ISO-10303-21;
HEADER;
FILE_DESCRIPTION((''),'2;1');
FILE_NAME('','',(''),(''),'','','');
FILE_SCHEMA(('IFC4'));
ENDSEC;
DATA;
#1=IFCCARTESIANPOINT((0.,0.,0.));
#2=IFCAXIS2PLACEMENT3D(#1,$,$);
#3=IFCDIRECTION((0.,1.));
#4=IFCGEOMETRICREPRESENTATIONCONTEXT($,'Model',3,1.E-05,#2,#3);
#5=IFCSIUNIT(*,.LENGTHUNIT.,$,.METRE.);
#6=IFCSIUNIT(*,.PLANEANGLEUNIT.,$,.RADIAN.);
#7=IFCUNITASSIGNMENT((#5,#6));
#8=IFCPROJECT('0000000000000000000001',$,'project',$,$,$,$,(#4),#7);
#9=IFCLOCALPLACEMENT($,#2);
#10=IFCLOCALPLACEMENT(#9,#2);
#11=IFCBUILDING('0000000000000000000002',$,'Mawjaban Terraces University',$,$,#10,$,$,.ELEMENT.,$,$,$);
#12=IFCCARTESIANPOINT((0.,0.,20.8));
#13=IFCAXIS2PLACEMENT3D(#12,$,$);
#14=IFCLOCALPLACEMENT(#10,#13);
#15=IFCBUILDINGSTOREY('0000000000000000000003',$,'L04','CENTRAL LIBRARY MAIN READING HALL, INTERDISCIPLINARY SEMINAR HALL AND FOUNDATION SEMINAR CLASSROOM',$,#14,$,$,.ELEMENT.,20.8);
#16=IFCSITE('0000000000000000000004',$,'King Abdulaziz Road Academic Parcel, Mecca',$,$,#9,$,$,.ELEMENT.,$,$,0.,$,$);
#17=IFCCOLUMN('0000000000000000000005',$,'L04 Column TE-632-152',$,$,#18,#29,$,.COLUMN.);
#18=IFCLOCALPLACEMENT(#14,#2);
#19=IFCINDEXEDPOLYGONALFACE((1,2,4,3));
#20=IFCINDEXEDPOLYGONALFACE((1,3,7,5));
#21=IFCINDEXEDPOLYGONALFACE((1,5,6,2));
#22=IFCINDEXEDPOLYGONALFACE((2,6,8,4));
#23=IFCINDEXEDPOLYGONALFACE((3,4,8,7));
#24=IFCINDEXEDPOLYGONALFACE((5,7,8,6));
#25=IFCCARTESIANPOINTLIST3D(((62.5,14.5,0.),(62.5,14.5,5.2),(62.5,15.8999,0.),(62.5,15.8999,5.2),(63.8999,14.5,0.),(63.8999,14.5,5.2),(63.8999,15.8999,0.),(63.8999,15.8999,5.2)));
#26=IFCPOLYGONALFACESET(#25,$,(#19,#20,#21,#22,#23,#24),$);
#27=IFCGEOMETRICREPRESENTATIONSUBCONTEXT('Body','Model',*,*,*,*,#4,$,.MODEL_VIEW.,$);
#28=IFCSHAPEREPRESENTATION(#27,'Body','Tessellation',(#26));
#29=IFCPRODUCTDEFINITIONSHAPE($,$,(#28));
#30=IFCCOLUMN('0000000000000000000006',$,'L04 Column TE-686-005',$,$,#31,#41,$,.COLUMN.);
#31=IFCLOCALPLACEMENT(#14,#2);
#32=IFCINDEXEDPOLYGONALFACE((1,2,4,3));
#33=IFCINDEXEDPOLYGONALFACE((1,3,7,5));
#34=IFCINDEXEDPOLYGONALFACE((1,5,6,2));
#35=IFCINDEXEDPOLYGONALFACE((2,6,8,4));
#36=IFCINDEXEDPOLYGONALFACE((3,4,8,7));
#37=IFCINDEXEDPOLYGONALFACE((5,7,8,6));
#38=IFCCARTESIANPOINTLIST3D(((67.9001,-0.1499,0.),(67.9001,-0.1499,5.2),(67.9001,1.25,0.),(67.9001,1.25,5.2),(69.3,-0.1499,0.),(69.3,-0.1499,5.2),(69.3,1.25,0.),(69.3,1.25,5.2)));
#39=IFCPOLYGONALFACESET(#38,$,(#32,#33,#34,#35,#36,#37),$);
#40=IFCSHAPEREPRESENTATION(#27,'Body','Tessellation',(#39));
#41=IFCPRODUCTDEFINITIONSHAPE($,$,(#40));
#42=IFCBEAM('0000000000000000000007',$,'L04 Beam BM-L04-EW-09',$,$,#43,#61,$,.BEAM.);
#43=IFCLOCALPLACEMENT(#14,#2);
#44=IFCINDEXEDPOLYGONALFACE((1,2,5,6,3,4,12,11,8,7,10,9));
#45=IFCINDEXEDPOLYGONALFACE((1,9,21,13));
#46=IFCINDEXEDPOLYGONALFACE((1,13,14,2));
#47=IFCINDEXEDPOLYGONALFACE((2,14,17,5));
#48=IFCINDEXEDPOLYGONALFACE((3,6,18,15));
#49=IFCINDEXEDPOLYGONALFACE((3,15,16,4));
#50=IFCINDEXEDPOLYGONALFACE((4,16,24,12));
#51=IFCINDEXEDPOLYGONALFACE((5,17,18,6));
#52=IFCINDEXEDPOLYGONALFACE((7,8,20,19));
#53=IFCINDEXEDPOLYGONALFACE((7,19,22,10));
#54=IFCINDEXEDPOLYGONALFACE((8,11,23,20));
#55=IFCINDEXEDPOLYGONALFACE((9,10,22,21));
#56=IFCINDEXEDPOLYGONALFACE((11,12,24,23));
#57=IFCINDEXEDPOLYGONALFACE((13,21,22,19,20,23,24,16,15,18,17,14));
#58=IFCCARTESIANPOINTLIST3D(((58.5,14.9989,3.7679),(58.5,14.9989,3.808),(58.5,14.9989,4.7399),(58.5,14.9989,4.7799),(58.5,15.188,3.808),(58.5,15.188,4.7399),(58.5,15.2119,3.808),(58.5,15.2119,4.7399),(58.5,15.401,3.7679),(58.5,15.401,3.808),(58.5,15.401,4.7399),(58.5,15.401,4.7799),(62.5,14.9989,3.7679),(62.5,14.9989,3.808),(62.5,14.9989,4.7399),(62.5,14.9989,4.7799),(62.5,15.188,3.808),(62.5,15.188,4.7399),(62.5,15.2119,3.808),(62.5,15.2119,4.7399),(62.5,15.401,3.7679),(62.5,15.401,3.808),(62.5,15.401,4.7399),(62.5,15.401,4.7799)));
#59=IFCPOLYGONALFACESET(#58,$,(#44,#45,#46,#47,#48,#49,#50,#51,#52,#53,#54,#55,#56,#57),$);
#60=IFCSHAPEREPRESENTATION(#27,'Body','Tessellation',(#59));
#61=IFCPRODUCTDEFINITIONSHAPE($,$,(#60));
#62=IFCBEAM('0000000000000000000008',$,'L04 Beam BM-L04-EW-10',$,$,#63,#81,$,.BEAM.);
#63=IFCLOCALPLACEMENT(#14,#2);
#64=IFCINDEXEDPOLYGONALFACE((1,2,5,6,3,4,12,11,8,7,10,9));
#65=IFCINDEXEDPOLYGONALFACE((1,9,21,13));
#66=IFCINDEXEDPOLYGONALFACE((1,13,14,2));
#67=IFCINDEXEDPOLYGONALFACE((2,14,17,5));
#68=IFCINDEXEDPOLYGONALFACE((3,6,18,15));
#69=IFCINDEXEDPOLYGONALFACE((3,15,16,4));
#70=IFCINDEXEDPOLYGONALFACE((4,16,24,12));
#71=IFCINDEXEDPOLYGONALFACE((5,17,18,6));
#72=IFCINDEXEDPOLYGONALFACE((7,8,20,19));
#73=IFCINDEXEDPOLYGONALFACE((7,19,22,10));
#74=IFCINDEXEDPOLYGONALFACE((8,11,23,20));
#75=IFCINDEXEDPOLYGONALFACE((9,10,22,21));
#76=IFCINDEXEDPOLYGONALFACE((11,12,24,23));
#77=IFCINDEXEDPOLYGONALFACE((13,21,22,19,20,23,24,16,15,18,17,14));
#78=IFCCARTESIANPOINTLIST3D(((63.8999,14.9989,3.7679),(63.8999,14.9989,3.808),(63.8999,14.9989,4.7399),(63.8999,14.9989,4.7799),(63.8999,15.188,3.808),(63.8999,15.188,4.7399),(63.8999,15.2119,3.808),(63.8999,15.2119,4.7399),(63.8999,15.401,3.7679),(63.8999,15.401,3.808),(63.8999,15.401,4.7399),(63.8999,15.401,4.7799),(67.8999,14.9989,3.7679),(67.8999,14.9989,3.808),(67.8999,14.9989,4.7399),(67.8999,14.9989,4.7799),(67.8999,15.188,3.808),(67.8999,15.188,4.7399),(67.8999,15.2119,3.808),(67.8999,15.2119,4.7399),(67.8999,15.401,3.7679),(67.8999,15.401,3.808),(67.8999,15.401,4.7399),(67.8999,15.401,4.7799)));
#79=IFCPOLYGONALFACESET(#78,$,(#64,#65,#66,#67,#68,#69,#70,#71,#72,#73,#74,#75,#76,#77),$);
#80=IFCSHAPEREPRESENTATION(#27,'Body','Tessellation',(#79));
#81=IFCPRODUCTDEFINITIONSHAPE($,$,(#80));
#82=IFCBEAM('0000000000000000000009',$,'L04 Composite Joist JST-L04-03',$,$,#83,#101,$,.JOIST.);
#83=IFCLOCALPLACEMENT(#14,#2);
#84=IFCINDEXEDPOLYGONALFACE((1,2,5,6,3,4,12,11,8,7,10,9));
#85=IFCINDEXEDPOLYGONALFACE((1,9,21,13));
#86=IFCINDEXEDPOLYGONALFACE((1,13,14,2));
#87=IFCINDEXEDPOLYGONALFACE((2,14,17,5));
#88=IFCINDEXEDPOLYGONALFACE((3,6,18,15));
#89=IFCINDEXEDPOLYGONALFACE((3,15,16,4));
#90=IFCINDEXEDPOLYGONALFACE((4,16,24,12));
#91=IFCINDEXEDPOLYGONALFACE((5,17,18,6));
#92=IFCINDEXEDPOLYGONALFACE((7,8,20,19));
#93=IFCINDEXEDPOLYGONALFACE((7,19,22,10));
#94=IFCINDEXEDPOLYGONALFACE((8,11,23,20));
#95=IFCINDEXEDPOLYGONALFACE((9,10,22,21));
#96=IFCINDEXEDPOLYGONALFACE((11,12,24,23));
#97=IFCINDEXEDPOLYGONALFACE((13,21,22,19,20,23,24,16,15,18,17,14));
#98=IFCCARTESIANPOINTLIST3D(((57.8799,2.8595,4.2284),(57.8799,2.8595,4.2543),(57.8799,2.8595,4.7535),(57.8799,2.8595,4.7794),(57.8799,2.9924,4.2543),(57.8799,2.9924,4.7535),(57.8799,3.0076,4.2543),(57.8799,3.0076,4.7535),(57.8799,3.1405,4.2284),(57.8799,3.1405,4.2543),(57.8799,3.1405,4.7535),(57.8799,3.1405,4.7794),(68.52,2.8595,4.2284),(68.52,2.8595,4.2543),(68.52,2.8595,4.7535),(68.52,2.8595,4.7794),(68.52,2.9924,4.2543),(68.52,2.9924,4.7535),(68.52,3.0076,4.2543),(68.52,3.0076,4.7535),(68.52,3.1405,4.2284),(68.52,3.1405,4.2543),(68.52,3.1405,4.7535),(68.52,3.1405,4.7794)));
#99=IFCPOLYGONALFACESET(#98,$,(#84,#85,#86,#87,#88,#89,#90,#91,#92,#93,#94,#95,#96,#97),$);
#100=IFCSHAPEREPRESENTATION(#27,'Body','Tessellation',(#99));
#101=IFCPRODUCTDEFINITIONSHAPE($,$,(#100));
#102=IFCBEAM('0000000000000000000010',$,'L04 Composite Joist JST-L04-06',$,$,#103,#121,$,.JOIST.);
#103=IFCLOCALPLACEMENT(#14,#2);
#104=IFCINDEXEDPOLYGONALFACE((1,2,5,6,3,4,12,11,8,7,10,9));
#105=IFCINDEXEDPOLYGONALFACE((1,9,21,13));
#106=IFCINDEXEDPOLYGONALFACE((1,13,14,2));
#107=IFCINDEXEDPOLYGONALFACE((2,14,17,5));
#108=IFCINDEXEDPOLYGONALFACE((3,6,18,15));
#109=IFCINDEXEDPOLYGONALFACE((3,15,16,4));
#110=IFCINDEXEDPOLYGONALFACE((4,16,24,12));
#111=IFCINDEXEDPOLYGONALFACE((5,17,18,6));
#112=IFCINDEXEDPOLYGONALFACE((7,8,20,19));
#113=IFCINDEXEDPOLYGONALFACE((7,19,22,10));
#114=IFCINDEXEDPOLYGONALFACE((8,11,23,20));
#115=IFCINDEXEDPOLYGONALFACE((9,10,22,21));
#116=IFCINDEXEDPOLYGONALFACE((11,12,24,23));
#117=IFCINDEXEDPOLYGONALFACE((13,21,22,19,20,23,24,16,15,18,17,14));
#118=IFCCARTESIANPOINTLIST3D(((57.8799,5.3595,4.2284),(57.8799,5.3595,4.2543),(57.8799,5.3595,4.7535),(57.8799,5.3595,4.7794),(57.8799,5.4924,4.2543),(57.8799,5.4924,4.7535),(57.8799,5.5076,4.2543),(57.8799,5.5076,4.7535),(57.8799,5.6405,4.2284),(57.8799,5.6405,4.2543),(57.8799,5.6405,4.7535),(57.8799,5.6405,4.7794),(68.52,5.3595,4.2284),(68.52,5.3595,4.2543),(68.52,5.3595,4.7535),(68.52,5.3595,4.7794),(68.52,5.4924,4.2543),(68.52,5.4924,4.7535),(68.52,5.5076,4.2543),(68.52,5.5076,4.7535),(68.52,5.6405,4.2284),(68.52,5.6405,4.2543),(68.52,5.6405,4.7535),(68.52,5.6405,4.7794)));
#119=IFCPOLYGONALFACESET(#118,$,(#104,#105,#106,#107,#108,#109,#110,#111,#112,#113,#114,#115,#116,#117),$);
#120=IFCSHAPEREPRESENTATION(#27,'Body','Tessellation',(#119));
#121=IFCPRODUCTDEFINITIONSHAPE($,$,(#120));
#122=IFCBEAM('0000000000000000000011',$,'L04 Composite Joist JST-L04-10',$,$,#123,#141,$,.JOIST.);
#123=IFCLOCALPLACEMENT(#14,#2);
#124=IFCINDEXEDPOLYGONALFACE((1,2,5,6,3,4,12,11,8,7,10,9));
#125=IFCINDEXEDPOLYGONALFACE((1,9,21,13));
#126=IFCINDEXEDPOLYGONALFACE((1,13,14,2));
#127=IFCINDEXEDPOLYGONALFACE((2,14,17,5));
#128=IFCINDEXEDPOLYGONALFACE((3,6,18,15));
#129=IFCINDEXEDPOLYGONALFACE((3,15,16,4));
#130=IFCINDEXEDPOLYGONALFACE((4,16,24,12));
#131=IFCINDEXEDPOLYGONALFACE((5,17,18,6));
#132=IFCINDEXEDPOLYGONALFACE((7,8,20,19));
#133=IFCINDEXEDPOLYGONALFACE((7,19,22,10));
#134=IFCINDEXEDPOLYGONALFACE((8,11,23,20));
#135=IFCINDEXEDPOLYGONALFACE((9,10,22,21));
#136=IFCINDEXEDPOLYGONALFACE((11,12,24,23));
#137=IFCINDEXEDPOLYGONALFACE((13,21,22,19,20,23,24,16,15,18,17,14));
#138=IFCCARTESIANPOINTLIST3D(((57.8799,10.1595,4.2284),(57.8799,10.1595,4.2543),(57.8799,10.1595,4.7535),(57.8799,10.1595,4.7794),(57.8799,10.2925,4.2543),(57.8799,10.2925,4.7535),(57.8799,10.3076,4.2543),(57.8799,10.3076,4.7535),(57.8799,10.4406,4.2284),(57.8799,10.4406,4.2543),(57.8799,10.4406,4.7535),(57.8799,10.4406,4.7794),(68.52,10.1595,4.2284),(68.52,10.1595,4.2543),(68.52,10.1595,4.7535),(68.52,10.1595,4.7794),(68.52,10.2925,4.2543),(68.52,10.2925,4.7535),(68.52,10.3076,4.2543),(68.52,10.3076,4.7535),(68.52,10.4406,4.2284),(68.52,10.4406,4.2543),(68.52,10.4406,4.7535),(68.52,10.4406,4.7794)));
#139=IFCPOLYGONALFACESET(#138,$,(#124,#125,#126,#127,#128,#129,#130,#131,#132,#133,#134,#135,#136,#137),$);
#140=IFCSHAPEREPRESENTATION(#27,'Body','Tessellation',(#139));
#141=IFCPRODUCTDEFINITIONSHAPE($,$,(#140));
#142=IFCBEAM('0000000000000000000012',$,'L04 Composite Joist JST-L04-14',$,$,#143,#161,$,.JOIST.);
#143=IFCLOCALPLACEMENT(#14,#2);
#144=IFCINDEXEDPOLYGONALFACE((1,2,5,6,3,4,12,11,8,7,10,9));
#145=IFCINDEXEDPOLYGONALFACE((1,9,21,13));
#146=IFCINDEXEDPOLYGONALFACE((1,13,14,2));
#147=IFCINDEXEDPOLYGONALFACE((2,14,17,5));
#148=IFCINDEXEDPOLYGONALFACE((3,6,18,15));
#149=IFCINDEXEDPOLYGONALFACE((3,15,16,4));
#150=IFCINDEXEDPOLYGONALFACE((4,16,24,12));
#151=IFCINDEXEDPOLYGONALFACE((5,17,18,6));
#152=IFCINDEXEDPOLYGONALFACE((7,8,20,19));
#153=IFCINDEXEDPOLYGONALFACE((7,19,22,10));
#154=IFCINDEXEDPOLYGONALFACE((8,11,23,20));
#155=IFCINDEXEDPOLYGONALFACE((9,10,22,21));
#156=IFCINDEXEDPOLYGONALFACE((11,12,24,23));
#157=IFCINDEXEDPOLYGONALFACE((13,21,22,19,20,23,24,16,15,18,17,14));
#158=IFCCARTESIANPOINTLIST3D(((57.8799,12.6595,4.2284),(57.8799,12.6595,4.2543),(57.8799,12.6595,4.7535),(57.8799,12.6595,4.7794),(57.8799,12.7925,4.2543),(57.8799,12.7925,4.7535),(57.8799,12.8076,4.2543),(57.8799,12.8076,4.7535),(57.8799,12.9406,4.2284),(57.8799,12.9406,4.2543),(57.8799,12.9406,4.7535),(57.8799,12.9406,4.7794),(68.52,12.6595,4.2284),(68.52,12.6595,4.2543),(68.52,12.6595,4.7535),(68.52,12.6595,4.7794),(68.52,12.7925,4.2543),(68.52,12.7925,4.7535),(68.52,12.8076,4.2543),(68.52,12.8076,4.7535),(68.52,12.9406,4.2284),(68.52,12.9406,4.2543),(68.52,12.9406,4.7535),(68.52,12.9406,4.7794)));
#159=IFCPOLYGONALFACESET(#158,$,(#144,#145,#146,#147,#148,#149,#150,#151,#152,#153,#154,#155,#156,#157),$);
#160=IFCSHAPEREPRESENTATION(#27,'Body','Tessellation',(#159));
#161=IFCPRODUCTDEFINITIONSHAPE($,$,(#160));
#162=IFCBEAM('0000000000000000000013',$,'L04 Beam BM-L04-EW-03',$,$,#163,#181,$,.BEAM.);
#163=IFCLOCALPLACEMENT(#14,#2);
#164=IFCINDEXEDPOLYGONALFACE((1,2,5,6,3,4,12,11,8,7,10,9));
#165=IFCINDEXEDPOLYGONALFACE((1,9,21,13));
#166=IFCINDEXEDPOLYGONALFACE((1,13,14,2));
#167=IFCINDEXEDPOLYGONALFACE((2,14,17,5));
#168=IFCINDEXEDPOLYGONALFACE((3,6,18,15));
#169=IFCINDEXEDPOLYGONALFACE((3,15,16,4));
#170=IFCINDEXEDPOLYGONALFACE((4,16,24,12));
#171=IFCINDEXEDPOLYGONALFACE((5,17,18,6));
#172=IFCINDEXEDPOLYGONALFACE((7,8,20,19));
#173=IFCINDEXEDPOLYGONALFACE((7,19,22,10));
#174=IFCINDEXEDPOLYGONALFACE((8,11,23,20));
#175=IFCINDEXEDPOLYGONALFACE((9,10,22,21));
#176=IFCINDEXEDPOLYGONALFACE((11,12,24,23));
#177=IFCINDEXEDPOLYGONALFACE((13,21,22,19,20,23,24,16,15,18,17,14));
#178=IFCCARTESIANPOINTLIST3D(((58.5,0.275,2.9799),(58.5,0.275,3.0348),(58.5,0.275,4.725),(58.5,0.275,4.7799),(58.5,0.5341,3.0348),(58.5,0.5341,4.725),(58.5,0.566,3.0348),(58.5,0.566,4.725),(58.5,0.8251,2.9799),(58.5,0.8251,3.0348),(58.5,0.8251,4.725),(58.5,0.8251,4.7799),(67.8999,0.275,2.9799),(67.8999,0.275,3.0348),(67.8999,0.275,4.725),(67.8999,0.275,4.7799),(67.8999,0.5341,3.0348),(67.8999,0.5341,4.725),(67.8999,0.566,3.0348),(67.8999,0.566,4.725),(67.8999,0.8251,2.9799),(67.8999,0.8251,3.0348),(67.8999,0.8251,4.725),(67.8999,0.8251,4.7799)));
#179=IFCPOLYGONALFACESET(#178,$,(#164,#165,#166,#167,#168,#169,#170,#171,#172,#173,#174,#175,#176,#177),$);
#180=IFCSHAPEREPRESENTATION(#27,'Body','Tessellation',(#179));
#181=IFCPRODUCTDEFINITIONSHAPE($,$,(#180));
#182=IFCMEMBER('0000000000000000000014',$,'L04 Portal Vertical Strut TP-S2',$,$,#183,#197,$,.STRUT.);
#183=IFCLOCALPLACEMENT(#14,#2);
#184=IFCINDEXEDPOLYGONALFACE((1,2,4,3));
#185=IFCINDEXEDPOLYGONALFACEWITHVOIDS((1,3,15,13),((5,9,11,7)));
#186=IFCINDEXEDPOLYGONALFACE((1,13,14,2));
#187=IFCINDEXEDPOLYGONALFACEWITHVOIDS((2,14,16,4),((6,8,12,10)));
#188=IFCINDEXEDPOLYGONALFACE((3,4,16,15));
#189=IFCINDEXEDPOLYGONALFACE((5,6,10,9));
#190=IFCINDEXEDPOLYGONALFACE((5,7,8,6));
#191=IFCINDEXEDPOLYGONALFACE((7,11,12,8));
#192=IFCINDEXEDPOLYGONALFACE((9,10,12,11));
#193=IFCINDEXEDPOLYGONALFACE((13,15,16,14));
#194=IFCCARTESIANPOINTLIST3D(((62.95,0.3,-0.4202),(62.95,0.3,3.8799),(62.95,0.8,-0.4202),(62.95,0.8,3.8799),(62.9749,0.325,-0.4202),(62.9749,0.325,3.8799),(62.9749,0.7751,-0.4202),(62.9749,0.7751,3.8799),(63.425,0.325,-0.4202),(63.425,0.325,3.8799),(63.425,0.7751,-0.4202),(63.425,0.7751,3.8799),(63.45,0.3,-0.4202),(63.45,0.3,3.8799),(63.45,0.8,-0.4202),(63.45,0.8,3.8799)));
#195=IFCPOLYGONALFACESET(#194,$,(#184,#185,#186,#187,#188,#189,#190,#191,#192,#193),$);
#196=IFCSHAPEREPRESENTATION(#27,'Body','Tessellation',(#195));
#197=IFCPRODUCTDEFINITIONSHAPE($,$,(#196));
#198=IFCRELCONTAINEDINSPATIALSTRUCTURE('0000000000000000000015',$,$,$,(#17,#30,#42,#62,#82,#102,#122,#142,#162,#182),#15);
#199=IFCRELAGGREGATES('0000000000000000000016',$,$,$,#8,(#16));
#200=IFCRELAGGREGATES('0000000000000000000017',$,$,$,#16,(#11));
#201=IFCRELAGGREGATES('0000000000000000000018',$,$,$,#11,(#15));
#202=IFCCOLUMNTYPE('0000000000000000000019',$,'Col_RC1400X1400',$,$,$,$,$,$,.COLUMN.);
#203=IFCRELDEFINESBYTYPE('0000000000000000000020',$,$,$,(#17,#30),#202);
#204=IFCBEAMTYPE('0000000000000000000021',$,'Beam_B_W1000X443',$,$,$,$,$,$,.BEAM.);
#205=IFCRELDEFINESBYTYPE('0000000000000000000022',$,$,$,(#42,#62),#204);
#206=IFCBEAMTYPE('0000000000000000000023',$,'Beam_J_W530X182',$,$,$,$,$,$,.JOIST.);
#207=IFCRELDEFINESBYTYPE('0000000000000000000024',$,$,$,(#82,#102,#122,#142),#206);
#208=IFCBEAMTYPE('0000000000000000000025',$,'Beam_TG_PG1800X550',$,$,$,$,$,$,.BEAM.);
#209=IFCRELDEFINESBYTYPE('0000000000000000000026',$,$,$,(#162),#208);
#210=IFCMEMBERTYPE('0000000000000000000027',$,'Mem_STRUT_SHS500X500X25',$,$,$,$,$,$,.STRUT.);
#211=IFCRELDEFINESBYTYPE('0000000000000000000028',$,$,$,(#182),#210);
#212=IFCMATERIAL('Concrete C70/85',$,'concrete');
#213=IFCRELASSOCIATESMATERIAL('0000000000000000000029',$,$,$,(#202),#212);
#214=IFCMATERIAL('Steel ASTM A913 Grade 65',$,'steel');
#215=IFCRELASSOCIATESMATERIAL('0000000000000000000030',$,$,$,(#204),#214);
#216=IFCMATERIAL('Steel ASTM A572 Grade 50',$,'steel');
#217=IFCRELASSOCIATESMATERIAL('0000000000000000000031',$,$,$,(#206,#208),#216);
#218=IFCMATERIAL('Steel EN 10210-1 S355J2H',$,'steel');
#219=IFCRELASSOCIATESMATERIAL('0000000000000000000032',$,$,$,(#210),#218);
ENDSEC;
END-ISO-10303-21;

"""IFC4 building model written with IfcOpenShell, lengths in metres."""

from ifc_helpers import new_model, si_unit, direction, frame, origin, origin_2d, place, context, subcontext, project, spatial, rectangle, hollow_rectangle, i_section, extrude, material, material_profile, profile_set, type_object, element, save


model = new_model("IFC4")

# Units and contexts
model_context = context("Model", 3, precision=1e-05, world=origin(), true_north=direction((0.0, 1.0)))
body_context = subcontext(model_context, "Body", "Model", "MODEL_VIEW")
ifc_project = project(units=[si_unit("LENGTHUNIT", "METRE"), si_unit("PLANEANGLEUNIT", "RADIAN")], contexts=[model_context])

# Site, building, storey
site_placement = place(None, origin())
site = spatial("IfcSite", under=ifc_project, at=site_placement, Name="King Abdulaziz Road Academic Parcel, Mecca", CompositionType="ELEMENT", RefElevation=0.0)
building_placement = place(site_placement, origin())
building = spatial("IfcBuilding", under=site, at=building_placement, Name="Mawjaban Terraces University", CompositionType="ELEMENT")
storey_placement = place(building_placement, frame((0.0, 0.0, 20.8)))
storey = spatial("IfcBuildingStorey", under=building, at=storey_placement, Name="L04", Description="CENTRAL LIBRARY MAIN READING HALL, INTERDISCIPLINARY SEMINAR HALL AND FOUNDATION SEMINAR CLASSROOM", CompositionType="ELEMENT", Elevation=20.8)

# Columns
ifc_material_1 = material(Name="Concrete C70/85", Category="concrete")
ifc_material_profile_1 = material_profile(ifc_material_1, rectangle(XDim=1.3999, YDim=1.3999, at=origin_2d()), Name="RC1400X1400")
ifc_profile_set_1 = profile_set([ifc_material_profile_1], Name="Concrete C70/85")
column_type = type_object("IfcColumnType", Name="Col_RC1400X1400", PredefinedType="COLUMN", material=ifc_profile_set_1)
for number, where, z_axis, x_axis, name in (
    (1, (63.2, 15.2, 0.0), (0.0, 0.0, 1.0), (1.0, 0.0, 0.0), "L04 Column TE-632-152"),
    (2, (68.6001, 0.55, 0.0), (0.0, 0.0, 1.0), (1.0, 0.0, 0.0), "L04 Column TE-686-005"),
):
    element("IfcColumn", number, at=place(storey_placement, frame(where, z_axis=z_axis, x_axis=x_axis)), inside=storey, type_object=column_type, Name=name, PredefinedType="COLUMN", context=body_context, shape_type="SweptSolid", body=[
        extrude(rectangle(XDim=1.3999, YDim=1.3999, at=origin_2d()), origin(), (0.0, 0.0, 1.0), 5.2),
    ])

# Beams
ifc_material_2 = material(Name="Steel ASTM A913 Grade 65", Category="steel")
ifc_material_profile_2 = material_profile(ifc_material_2, i_section(OverallWidth=0.4021, OverallDepth=1.012, WebThickness=0.0239, FlangeThickness=0.04, at=origin_2d()), Name="W1000X443")
ifc_profile_set_2 = profile_set([ifc_material_profile_2], Name="Steel ASTM A913 Grade 65")
beam_type_1 = type_object("IfcBeamType", Name="Beam_B_W1000X443", PredefinedType="BEAM", material=ifc_profile_set_2)
for number, where, z_axis, x_axis, name in (
    (3, (58.5, 15.2, 4.2739), (1.0, 0.0, 0.0), (0.0, 1.0, 0.0), "L04 Beam BM-L04-EW-09"),
    (4, (63.8999, 15.2, 4.2739), (1.0, 0.0, 0.0), (0.0, 1.0, 0.0), "L04 Beam BM-L04-EW-10"),
):
    element("IfcBeam", number, at=place(storey_placement, frame(where, z_axis=z_axis, x_axis=x_axis)), inside=storey, type_object=beam_type_1, Name=name, PredefinedType="BEAM", context=body_context, shape_type="SweptSolid", body=[
        extrude(i_section(OverallWidth=0.4021, OverallDepth=1.012, WebThickness=0.0239, FlangeThickness=0.04, at=origin_2d()), origin(), (0.0, 0.0, 1.0), 4.0),
    ])
ifc_material_3 = material(Name="Steel ASTM A572 Grade 50", Category="steel")
ifc_material_profile_3 = material_profile(ifc_material_3, i_section(OverallWidth=0.281, OverallDepth=0.551, WebThickness=0.0151, FlangeThickness=0.0259, at=origin_2d()), Name="W530X182")
ifc_profile_set_3 = profile_set([ifc_material_profile_3], Name="Steel ASTM A572 Grade 50")
beam_type_2 = type_object("IfcBeamType", Name="Beam_J_W530X182", PredefinedType="JOIST", material=ifc_profile_set_3)
for number, where, z_axis, x_axis, name in (
    (5, (57.8799, 3.0, 4.5039), (1.0, 0.0, 0.0), (0.0, 1.0, 0.0), "L04 Composite Joist JST-L04-03"),
    (6, (57.8799, 5.5, 4.5039), (1.0, 0.0, 0.0), (0.0, 1.0, 0.0), "L04 Composite Joist JST-L04-06"),
    (7, (57.8799, 10.3, 4.5039), (1.0, 0.0, 0.0), (0.0, 1.0, 0.0), "L04 Composite Joist JST-L04-10"),
    (8, (57.8799, 12.8, 4.5039), (1.0, 0.0, 0.0), (0.0, 1.0, 0.0), "L04 Composite Joist JST-L04-14"),
):
    element("IfcBeam", number, at=place(storey_placement, frame(where, z_axis=z_axis, x_axis=x_axis)), inside=storey, type_object=beam_type_2, Name=name, PredefinedType="JOIST", context=body_context, shape_type="SweptSolid", body=[
        extrude(i_section(OverallWidth=0.281, OverallDepth=0.551, WebThickness=0.0151, FlangeThickness=0.0259, at=origin_2d()), origin(), (0.0, 0.0, 1.0), 10.6401),
    ])
ifc_material_profile_4 = material_profile(ifc_material_3, i_section(OverallWidth=0.55, OverallDepth=1.8, WebThickness=0.032, FlangeThickness=0.0549, at=origin_2d()), Name="PG1800X550")
ifc_profile_set_4 = profile_set([ifc_material_profile_4], Name="Steel ASTM A572 Grade 50")
beam_type_3 = type_object("IfcBeamType", Name="Beam_TG_PG1800X550", PredefinedType="BEAM", material=ifc_profile_set_4)
beam_placement = place(storey_placement, frame((58.5, 0.55, 3.8799), z_axis=(1.0, 0.0, 0.0), x_axis=(0.0, 1.0, 0.0)))
element("IfcBeam", 9, at=beam_placement, inside=storey, type_object=beam_type_3, Name="L04 Beam BM-L04-EW-03", PredefinedType="BEAM", context=body_context, shape_type="SweptSolid", body=[
    extrude(i_section(OverallWidth=0.55, OverallDepth=1.8, WebThickness=0.032, FlangeThickness=0.0549, at=origin_2d()), origin(), (0.0, 0.0, 1.0), 9.3999),
])

# Member
ifc_material_4 = material(Name="Steel EN 10210-1 S355J2H", Category="steel")
ifc_material_profile_5 = material_profile(ifc_material_4, hollow_rectangle(XDim=0.5, YDim=0.5, WallThickness=0.0249, at=origin_2d()), Name="SHS500X500X25")
ifc_profile_set_5 = profile_set([ifc_material_profile_5], Name="Steel EN 10210-1 S355J2H")
member_type_1 = type_object("IfcMemberType", Name="Mem_STRUT_SHS500X500X25", PredefinedType="STRUT", material=ifc_profile_set_5)
member_1_placement = place(storey_placement, frame((63.2, 0.55, -0.4202), z_axis=(0.0, 0.0, 1.0), x_axis=(1.0, 0.0, 0.0)))
element("IfcMember", 10, at=member_1_placement, inside=storey, type_object=member_type_1, Name="L04 Portal Vertical Strut TP-S2", PredefinedType="STRUT", context=body_context, shape_type="SweptSolid", body=[
    extrude(hollow_rectangle(XDim=0.5, YDim=0.5, WallThickness=0.0249, at=origin_2d()), origin(), (0.0, 0.0, 1.0), 4.3),
])

save(model, "model.ifc")
